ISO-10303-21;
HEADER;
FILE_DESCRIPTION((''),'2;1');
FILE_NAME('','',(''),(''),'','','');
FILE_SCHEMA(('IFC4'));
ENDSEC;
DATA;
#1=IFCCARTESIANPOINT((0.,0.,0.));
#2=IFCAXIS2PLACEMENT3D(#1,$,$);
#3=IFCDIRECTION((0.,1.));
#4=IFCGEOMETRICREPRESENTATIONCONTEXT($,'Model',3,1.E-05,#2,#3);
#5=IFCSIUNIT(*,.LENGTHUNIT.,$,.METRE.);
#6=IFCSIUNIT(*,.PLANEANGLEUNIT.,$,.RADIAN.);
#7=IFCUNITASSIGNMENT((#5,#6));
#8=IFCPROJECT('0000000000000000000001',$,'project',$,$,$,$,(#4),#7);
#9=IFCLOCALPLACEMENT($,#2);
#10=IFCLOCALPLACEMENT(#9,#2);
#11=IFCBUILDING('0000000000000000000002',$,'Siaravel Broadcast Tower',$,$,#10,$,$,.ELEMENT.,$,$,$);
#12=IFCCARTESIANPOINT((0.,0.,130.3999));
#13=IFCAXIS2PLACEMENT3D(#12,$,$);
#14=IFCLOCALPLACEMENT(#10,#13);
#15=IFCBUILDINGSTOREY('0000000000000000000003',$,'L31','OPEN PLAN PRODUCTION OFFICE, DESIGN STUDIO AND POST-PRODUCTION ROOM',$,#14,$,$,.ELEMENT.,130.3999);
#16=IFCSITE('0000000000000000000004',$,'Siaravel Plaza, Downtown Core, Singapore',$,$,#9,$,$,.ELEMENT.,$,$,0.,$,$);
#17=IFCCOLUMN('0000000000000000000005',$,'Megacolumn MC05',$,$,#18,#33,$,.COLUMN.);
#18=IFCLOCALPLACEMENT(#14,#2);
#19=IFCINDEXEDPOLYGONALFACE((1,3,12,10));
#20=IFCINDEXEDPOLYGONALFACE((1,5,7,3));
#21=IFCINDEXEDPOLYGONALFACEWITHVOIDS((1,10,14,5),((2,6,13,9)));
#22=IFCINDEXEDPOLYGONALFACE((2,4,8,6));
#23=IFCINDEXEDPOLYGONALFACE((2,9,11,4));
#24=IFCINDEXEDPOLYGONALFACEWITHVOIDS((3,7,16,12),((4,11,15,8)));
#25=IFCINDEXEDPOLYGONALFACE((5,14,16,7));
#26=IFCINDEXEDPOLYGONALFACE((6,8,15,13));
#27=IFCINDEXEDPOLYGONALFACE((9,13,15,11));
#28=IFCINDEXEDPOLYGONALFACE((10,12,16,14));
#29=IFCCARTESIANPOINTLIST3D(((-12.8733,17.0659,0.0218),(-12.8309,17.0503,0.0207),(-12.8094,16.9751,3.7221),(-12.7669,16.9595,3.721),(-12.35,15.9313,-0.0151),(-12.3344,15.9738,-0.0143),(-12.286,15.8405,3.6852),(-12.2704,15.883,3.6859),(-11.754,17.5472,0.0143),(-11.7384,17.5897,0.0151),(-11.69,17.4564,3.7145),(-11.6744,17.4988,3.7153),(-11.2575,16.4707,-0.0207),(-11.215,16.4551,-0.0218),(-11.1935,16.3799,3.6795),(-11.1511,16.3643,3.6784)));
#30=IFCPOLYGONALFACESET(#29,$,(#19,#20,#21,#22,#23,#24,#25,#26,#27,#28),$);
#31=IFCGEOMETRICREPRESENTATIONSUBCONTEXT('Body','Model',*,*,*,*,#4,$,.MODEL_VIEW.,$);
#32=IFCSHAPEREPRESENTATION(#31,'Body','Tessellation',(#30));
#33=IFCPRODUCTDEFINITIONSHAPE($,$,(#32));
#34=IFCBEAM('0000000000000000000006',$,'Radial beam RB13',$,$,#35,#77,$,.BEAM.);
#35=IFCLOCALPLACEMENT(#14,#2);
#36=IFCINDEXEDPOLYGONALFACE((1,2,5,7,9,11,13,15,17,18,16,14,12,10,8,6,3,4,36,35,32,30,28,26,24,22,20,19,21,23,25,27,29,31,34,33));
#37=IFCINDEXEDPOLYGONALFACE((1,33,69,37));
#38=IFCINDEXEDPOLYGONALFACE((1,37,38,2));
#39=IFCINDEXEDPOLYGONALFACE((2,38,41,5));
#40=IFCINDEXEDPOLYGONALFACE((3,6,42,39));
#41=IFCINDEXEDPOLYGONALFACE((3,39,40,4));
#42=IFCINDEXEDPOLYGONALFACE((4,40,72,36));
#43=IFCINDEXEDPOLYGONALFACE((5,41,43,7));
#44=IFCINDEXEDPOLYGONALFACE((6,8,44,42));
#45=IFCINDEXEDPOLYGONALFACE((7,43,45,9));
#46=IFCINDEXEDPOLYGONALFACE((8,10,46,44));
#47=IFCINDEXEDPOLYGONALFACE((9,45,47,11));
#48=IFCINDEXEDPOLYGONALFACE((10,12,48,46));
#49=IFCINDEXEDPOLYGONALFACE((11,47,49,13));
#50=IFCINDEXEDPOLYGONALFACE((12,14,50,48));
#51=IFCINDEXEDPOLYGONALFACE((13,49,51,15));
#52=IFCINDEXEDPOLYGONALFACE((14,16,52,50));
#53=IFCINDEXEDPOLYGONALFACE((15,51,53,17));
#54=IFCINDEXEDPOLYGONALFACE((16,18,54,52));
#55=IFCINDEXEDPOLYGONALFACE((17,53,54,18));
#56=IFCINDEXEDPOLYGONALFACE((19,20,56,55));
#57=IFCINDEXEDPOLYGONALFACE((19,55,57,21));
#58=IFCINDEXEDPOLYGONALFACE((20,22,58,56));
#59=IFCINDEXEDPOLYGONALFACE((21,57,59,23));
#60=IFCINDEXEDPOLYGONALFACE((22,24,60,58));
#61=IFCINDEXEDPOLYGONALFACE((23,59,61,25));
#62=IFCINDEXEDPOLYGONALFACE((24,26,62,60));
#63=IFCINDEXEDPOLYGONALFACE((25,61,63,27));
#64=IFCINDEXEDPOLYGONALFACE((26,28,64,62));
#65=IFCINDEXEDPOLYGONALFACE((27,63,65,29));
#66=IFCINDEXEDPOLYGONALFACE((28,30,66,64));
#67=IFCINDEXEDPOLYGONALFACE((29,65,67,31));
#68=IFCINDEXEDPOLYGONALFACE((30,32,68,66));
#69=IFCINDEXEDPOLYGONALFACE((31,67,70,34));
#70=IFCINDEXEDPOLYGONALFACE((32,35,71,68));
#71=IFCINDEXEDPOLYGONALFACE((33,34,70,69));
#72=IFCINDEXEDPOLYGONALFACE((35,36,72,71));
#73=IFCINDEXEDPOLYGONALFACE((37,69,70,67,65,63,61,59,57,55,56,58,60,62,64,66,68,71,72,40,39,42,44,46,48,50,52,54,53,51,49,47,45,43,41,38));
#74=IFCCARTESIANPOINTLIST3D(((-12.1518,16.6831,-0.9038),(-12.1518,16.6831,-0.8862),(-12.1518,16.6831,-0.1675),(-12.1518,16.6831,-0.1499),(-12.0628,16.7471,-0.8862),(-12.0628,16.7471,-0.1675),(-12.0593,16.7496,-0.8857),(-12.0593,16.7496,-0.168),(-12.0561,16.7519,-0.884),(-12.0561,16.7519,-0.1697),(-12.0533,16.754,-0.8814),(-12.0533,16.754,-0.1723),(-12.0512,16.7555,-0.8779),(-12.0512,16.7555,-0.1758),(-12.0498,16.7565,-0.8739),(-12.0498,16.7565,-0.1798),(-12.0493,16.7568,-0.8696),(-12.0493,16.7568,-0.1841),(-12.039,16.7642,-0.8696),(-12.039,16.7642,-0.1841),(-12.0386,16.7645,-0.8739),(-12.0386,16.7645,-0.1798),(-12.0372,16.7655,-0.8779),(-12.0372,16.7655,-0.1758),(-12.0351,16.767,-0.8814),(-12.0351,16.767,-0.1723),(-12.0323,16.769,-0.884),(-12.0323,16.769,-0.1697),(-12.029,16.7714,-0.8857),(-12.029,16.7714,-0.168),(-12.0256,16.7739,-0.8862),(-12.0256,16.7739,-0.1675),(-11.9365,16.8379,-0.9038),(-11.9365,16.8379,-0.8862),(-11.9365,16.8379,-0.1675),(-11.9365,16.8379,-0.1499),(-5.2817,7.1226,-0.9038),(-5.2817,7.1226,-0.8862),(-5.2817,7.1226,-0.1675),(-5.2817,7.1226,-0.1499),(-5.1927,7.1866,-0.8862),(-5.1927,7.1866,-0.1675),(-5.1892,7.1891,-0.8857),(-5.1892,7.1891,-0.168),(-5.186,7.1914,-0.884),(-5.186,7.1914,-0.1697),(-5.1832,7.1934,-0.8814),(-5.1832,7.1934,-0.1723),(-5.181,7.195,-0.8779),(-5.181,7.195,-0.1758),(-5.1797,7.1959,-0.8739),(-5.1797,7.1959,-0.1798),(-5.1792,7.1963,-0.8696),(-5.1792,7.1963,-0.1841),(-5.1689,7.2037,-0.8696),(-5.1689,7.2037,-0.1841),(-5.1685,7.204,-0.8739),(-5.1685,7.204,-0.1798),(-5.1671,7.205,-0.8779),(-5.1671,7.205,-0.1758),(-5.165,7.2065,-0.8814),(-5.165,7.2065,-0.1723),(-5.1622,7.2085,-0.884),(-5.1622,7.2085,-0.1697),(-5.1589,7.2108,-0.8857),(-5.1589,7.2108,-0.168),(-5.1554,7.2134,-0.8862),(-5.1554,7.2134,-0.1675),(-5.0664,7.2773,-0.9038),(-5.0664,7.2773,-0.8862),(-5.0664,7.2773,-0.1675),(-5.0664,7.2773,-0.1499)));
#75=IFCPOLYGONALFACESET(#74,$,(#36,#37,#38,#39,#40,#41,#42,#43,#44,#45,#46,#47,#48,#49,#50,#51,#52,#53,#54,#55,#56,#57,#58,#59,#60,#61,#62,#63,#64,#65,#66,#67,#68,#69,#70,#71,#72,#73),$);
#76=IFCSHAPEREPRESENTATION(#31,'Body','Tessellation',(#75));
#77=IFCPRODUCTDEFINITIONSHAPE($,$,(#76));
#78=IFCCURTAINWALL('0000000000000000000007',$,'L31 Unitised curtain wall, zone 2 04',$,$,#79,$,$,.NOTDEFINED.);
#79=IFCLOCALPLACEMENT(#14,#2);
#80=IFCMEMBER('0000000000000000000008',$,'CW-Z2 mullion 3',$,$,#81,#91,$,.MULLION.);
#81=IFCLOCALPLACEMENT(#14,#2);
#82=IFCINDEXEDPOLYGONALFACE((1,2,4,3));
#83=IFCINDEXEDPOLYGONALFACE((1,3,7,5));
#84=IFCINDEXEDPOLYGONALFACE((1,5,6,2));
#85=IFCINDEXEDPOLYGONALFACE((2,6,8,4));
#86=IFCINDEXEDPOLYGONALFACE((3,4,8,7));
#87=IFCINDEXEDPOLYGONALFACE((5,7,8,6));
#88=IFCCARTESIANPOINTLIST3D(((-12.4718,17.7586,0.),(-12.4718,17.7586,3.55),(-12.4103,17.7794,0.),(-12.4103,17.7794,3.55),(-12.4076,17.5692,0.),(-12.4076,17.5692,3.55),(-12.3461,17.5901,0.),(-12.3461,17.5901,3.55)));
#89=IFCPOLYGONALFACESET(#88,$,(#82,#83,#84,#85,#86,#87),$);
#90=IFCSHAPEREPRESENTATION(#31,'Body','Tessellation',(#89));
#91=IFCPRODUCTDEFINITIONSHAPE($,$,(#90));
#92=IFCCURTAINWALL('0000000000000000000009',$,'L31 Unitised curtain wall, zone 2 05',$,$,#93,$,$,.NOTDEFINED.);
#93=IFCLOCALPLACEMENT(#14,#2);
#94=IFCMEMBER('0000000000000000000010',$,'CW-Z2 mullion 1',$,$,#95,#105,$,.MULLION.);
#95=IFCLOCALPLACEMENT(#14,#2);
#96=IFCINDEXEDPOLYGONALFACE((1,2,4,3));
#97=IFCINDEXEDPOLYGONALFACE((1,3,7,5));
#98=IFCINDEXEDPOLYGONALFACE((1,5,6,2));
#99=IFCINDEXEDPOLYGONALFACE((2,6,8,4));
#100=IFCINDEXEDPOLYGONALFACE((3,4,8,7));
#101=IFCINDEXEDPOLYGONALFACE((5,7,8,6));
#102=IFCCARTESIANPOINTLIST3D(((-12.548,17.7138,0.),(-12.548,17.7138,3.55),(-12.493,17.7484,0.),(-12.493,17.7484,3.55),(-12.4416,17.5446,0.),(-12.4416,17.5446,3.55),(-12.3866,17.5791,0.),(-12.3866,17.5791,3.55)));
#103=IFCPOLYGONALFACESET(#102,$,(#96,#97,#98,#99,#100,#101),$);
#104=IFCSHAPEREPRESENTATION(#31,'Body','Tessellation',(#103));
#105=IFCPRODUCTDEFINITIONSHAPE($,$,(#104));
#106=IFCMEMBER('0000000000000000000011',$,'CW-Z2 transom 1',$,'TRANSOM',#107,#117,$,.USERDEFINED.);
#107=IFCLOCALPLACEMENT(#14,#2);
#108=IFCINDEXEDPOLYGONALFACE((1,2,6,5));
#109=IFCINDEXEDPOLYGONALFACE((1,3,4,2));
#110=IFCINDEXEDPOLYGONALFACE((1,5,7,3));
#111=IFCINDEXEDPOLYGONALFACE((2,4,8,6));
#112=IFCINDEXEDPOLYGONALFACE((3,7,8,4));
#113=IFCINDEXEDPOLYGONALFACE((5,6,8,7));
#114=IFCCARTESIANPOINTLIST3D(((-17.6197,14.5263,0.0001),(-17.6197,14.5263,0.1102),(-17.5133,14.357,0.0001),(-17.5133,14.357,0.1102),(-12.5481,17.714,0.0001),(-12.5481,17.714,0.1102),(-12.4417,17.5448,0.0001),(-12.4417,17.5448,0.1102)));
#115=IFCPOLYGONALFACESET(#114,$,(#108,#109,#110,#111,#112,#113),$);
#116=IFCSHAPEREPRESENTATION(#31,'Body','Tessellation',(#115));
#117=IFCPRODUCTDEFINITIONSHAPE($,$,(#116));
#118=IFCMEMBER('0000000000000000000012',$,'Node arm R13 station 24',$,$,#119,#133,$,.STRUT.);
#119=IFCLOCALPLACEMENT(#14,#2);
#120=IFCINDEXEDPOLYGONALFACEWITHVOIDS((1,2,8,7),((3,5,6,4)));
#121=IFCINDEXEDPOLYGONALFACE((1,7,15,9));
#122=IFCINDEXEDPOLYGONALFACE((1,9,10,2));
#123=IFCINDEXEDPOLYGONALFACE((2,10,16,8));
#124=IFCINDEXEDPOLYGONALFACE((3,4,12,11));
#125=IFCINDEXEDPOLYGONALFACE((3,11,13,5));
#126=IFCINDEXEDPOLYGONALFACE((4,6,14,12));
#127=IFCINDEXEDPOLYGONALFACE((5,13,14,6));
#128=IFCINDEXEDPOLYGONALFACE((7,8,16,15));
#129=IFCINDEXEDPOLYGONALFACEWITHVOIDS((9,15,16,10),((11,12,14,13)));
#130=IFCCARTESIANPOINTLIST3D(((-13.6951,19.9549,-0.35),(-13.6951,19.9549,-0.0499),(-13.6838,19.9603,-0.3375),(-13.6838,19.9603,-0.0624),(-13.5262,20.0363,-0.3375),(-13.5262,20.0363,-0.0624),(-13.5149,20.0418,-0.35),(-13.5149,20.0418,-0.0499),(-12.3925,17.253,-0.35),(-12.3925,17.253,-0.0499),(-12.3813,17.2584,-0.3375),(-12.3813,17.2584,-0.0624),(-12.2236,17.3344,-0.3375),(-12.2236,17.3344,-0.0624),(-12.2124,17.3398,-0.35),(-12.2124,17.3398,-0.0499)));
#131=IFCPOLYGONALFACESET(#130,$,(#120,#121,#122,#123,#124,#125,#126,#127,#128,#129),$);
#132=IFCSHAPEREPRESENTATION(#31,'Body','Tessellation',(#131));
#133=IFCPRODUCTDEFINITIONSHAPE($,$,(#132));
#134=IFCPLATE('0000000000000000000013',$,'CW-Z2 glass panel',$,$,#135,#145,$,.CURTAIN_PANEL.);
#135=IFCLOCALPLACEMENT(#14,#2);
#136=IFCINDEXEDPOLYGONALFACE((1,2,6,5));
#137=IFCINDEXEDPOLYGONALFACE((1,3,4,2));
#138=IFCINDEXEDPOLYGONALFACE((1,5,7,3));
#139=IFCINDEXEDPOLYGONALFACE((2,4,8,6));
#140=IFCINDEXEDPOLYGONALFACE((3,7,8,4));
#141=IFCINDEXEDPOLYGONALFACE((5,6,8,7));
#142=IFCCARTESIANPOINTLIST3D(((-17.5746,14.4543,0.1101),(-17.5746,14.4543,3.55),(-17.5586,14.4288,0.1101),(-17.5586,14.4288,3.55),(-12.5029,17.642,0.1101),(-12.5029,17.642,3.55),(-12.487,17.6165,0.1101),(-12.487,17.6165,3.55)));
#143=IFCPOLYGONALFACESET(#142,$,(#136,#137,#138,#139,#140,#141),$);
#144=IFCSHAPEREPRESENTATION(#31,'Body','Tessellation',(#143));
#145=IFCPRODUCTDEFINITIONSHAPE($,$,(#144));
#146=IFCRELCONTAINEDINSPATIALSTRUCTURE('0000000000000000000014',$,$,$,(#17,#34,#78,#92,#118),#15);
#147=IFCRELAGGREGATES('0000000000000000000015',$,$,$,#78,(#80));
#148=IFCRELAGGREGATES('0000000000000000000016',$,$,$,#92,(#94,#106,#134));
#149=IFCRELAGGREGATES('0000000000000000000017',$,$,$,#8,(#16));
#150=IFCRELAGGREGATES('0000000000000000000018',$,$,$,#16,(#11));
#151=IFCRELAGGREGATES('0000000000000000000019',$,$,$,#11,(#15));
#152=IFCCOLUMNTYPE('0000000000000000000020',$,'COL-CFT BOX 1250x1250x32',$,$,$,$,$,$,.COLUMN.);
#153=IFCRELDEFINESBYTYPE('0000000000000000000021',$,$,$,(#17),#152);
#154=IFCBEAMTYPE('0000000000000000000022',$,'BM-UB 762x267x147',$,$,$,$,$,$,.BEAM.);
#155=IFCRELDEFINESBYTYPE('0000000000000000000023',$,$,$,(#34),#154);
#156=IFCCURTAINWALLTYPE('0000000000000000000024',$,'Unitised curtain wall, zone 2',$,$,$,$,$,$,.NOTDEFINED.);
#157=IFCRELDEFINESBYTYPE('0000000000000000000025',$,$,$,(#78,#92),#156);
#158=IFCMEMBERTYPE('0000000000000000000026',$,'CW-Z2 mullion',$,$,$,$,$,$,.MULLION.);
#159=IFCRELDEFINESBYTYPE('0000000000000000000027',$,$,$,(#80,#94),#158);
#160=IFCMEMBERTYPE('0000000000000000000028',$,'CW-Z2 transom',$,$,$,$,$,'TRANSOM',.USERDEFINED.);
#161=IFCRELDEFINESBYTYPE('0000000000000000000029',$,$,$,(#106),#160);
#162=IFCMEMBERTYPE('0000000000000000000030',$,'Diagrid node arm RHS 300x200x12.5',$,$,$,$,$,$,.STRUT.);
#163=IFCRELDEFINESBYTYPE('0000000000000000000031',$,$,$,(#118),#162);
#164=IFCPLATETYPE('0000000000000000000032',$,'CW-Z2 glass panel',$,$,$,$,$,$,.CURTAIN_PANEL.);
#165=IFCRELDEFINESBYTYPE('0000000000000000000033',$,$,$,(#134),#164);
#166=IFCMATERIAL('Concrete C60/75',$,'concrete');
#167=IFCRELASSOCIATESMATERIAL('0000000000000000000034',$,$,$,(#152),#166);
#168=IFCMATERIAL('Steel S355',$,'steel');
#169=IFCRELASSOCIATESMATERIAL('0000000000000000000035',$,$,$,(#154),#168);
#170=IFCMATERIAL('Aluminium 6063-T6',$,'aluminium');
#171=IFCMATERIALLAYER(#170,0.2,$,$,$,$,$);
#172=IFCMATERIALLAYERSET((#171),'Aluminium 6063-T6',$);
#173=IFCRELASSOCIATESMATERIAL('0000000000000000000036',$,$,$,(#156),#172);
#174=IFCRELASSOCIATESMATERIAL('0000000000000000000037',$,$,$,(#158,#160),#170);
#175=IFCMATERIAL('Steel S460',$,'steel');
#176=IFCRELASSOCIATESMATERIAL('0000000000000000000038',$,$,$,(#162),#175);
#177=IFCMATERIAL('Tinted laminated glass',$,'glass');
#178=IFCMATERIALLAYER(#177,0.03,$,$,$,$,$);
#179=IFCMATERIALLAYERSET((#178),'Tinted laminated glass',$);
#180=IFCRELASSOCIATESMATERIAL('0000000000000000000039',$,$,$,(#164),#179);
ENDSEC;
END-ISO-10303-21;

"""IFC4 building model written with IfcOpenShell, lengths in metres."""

from ifc_helpers import new_model, si_unit, direction, frame, origin, origin_2d, place, context, subcontext, project, spatial, rectangle, hollow_rectangle, i_section, extrude, material, layer, layer_set, material_profile, profile_set, type_object, element, aggregate, save


model = new_model("IFC4")

# Units and contexts
model_context = context("Model", 3, precision=1e-05, world=origin(), true_north=direction((0.0, 1.0)))
body_context = subcontext(model_context, "Body", "Model", "MODEL_VIEW")
ifc_project = project(units=[si_unit("LENGTHUNIT", "METRE"), si_unit("PLANEANGLEUNIT", "RADIAN")], contexts=[model_context])

# Site, building, storey
site_placement = place(None, origin())
site = spatial("IfcSite", under=ifc_project, at=site_placement, Name="Siaravel Plaza, Downtown Core, Singapore", CompositionType="ELEMENT", RefElevation=0.0)
building_placement = place(site_placement, origin())
building = spatial("IfcBuilding", under=site, at=building_placement, Name="Siaravel Broadcast Tower", CompositionType="ELEMENT")
storey_placement = place(building_placement, frame((0.0, 0.0, 130.3999)))
storey = spatial("IfcBuildingStorey", under=building, at=storey_placement, Name="L31", Description="OPEN PLAN PRODUCTION OFFICE, DESIGN STUDIO AND POST-PRODUCTION ROOM", CompositionType="ELEMENT", Elevation=130.3999)

# Column
ifc_material_1 = material(Name="Concrete C60/75", Category="concrete")
ifc_material_profile_1 = material_profile(ifc_material_1, hollow_rectangle(XDim=1.25, YDim=1.25, WallThickness=0.032, at=origin_2d()))
ifc_profile_set_1 = profile_set([ifc_material_profile_1], Name="Concrete C60/75")
column_type = type_object("IfcColumnType", Name="COL-CFT BOX 1250x1250x32", PredefinedType="COLUMN", material=ifc_profile_set_1)
column_placement = place(storey_placement, frame((-12.0442, 16.7605, 0.0), z_axis=(0.017279, -0.024534, 0.99955), x_axis=(0.907979, 0.418981, -0.005412)))
element("IfcColumn", 1, at=column_placement, inside=storey, type_object=column_type, Name="Megacolumn MC05", PredefinedType="COLUMN", context=body_context, shape_type="SweptSolid", body=[
    extrude(hollow_rectangle(XDim=1.25, YDim=1.25, WallThickness=0.032, at=origin_2d()), origin(), (0.0, 0.0, 1.0), 3.7019),
])

# Beam
ifc_material_2 = material(Name="Steel S355", Category="steel")
ifc_material_profile_2 = material_profile(ifc_material_2, i_section(OverallWidth=0.2651, OverallDepth=0.7539, WebThickness=0.0127, FlangeThickness=0.0176, FilletRadius=0.0166, at=origin_2d()))
ifc_profile_set_2 = profile_set([ifc_material_profile_2], Name="Steel S355")
beam_type = type_object("IfcBeamType", Name="BM-UB 762x267x147", PredefinedType="BEAM", material=ifc_profile_set_2)
beam_placement = place(storey_placement, frame((-12.0442, 16.7605, -0.5269), z_axis=(0.583551, -0.812077, 0.0), x_axis=(0.812077, 0.583551, 0.0)))
element("IfcBeam", 2, at=beam_placement, inside=storey, type_object=beam_type, Name="Radial beam RB13", PredefinedType="BEAM", context=body_context, shape_type="SweptSolid", body=[
    extrude(i_section(OverallWidth=0.2651, OverallDepth=0.7539, WebThickness=0.0127, FlangeThickness=0.0176, FilletRadius=0.0166, at=origin_2d()), origin(), (0.0, 0.0, 1.0), 11.7729),
])

# Curtain wall, member
ifc_material_3 = material(Name="Aluminium 6063-T6", Category="aluminium")
ifc_layer_1 = layer(ifc_material_3, 0.2)
ifc_layer_set_1 = layer_set([ifc_layer_1], Name="Aluminium 6063-T6")
curtain_wall_type = type_object("IfcCurtainWallType", Name="Unitised curtain wall, zone 2", PredefinedType="NOTDEFINED", material=ifc_layer_set_1)
curtain_wall_1_placement = place(storey_placement, origin())
curtain_wall_1 = element("IfcCurtainWall", 3, at=curtain_wall_1_placement, inside=storey, type_object=curtain_wall_type, Name="L31 Unitised curtain wall, zone 2 04", PredefinedType="NOTDEFINED")
ifc_material_profile_3 = material_profile(ifc_material_3, rectangle(XDim=0.2, YDim=0.0649, at=origin_2d()))
ifc_profile_set_3 = profile_set([ifc_material_profile_3], Name="Aluminium 6063-T6")
member_type_1 = type_object("IfcMemberType", Name="CW-Z2 mullion", PredefinedType="MULLION", material=ifc_profile_set_3)
member_1_placement = place(storey_placement, frame((-12.4089, 17.6743, 0.0), z_axis=(0.0, 0.0, 1.0), x_axis=(0.321302, -0.946977, 0.0)))
member_1 = element("IfcMember", 4, at=member_1_placement, type_object=member_type_1, Name="CW-Z2 mullion 3", PredefinedType="MULLION", context=body_context, shape_type="SweptSolid", body=[
    extrude(rectangle(XDim=0.2, YDim=0.0649, at=origin_2d()), origin(), (0.0, 0.0, 1.0), 3.55),
])
aggregate(curtain_wall_1, [member_1])

# Curtain wall, members
curtain_wall_2_placement = place(storey_placement, origin())
curtain_wall_2 = element("IfcCurtainWall", 5, at=curtain_wall_2_placement, inside=storey, type_object=curtain_wall_type, Name="L31 Unitised curtain wall, zone 2 05", PredefinedType="NOTDEFINED")
member_2_placement = place(storey_placement, frame((-12.4673, 17.6465, 0.0), z_axis=(0.0, 0.0, 1.0), x_axis=(0.532151, -0.846649, 0.0)))
member_2 = element("IfcMember", 6, at=member_2_placement, type_object=member_type_1, Name="CW-Z2 mullion 1", PredefinedType="MULLION", context=body_context, shape_type="SweptSolid", body=[
    extrude(rectangle(XDim=0.2, YDim=0.0649, at=origin_2d()), origin(), (0.0, 0.0, 1.0), 3.55),
])
ifc_material_profile_4 = material_profile(ifc_material_3, rectangle(XDim=0.2, YDim=0.1101, at=origin_2d()))
ifc_profile_set_4 = profile_set([ifc_material_profile_4], Name="Aluminium 6063-T6")
member_type_2 = type_object("IfcMemberType", Name="CW-Z2 transom", ElementType="TRANSOM", PredefinedType="USERDEFINED", material=ifc_profile_set_4)
member_3_placement = place(storey_placement, frame((-12.4949, 17.6294, 0.0552), z_axis=(-0.846642, -0.532162, 0.0), x_axis=(0.532162, -0.846642, 0.0)))
member_3 = element("IfcMember", 7, at=member_3_placement, type_object=member_type_2, Name="CW-Z2 transom 1", ObjectType="TRANSOM", PredefinedType="USERDEFINED", context=body_context, shape_type="SweptSolid", body=[
    extrude(rectangle(XDim=0.2, YDim=0.1101, at=origin_2d()), origin(), (0.0, 0.0, 1.0), 5.9902),
])

# Member
ifc_material_4 = material(Name="Steel S460", Category="steel")
ifc_material_profile_5 = material_profile(ifc_material_4, hollow_rectangle(XDim=0.2, YDim=0.3, WallThickness=0.0125, at=origin_2d()))
ifc_profile_set_5 = profile_set([ifc_material_profile_5], Name="Steel S460")
member_type_3 = type_object("IfcMemberType", Name="Diagrid node arm RHS 300x200x12.5", PredefinedType="STRUT", material=ifc_profile_set_5)
member_4_placement = place(storey_placement, frame((-12.3025, 17.2964, -0.2), z_axis=(-0.434241, 0.900797, 0.0), x_axis=(-0.900797, -0.434241, 0.0)))
element("IfcMember", 8, at=member_4_placement, inside=storey, type_object=member_type_3, Name="Node arm R13 station 24", PredefinedType="STRUT", context=body_context, shape_type="SweptSolid", body=[
    extrude(hollow_rectangle(XDim=0.2, YDim=0.3, WallThickness=0.0125, at=origin_2d()), origin(), (0.0, 0.0, 1.0), 2.9995),
])

# Plate
ifc_material_5 = material(Name="Tinted laminated glass", Category="glass")
ifc_layer_2 = layer(ifc_material_5, 0.03)
ifc_layer_set_2 = layer_set([ifc_layer_2], Name="Tinted laminated glass")
plate_type = type_object("IfcPlateType", Name="CW-Z2 glass panel", PredefinedType="CURTAIN_PANEL", material=ifc_layer_set_2)
plate_placement = place(storey_placement, frame((-15.0308, 16.0354, 0.1101), z_axis=(0.0, 0.0, 1.0), x_axis=(-0.846649, -0.532151, 0.0)))
plate = element("IfcPlate", 9, at=plate_placement, type_object=plate_type, Name="CW-Z2 glass panel", PredefinedType="CURTAIN_PANEL", context=body_context, shape_type="SweptSolid", body=[
    extrude(rectangle(XDim=5.9902, YDim=0.03, at=origin_2d()), origin(), (0.0, 0.0, 1.0), 3.4399),
])
aggregate(curtain_wall_2, [member_2, member_3, plate])

save(model, "model.ifc")
